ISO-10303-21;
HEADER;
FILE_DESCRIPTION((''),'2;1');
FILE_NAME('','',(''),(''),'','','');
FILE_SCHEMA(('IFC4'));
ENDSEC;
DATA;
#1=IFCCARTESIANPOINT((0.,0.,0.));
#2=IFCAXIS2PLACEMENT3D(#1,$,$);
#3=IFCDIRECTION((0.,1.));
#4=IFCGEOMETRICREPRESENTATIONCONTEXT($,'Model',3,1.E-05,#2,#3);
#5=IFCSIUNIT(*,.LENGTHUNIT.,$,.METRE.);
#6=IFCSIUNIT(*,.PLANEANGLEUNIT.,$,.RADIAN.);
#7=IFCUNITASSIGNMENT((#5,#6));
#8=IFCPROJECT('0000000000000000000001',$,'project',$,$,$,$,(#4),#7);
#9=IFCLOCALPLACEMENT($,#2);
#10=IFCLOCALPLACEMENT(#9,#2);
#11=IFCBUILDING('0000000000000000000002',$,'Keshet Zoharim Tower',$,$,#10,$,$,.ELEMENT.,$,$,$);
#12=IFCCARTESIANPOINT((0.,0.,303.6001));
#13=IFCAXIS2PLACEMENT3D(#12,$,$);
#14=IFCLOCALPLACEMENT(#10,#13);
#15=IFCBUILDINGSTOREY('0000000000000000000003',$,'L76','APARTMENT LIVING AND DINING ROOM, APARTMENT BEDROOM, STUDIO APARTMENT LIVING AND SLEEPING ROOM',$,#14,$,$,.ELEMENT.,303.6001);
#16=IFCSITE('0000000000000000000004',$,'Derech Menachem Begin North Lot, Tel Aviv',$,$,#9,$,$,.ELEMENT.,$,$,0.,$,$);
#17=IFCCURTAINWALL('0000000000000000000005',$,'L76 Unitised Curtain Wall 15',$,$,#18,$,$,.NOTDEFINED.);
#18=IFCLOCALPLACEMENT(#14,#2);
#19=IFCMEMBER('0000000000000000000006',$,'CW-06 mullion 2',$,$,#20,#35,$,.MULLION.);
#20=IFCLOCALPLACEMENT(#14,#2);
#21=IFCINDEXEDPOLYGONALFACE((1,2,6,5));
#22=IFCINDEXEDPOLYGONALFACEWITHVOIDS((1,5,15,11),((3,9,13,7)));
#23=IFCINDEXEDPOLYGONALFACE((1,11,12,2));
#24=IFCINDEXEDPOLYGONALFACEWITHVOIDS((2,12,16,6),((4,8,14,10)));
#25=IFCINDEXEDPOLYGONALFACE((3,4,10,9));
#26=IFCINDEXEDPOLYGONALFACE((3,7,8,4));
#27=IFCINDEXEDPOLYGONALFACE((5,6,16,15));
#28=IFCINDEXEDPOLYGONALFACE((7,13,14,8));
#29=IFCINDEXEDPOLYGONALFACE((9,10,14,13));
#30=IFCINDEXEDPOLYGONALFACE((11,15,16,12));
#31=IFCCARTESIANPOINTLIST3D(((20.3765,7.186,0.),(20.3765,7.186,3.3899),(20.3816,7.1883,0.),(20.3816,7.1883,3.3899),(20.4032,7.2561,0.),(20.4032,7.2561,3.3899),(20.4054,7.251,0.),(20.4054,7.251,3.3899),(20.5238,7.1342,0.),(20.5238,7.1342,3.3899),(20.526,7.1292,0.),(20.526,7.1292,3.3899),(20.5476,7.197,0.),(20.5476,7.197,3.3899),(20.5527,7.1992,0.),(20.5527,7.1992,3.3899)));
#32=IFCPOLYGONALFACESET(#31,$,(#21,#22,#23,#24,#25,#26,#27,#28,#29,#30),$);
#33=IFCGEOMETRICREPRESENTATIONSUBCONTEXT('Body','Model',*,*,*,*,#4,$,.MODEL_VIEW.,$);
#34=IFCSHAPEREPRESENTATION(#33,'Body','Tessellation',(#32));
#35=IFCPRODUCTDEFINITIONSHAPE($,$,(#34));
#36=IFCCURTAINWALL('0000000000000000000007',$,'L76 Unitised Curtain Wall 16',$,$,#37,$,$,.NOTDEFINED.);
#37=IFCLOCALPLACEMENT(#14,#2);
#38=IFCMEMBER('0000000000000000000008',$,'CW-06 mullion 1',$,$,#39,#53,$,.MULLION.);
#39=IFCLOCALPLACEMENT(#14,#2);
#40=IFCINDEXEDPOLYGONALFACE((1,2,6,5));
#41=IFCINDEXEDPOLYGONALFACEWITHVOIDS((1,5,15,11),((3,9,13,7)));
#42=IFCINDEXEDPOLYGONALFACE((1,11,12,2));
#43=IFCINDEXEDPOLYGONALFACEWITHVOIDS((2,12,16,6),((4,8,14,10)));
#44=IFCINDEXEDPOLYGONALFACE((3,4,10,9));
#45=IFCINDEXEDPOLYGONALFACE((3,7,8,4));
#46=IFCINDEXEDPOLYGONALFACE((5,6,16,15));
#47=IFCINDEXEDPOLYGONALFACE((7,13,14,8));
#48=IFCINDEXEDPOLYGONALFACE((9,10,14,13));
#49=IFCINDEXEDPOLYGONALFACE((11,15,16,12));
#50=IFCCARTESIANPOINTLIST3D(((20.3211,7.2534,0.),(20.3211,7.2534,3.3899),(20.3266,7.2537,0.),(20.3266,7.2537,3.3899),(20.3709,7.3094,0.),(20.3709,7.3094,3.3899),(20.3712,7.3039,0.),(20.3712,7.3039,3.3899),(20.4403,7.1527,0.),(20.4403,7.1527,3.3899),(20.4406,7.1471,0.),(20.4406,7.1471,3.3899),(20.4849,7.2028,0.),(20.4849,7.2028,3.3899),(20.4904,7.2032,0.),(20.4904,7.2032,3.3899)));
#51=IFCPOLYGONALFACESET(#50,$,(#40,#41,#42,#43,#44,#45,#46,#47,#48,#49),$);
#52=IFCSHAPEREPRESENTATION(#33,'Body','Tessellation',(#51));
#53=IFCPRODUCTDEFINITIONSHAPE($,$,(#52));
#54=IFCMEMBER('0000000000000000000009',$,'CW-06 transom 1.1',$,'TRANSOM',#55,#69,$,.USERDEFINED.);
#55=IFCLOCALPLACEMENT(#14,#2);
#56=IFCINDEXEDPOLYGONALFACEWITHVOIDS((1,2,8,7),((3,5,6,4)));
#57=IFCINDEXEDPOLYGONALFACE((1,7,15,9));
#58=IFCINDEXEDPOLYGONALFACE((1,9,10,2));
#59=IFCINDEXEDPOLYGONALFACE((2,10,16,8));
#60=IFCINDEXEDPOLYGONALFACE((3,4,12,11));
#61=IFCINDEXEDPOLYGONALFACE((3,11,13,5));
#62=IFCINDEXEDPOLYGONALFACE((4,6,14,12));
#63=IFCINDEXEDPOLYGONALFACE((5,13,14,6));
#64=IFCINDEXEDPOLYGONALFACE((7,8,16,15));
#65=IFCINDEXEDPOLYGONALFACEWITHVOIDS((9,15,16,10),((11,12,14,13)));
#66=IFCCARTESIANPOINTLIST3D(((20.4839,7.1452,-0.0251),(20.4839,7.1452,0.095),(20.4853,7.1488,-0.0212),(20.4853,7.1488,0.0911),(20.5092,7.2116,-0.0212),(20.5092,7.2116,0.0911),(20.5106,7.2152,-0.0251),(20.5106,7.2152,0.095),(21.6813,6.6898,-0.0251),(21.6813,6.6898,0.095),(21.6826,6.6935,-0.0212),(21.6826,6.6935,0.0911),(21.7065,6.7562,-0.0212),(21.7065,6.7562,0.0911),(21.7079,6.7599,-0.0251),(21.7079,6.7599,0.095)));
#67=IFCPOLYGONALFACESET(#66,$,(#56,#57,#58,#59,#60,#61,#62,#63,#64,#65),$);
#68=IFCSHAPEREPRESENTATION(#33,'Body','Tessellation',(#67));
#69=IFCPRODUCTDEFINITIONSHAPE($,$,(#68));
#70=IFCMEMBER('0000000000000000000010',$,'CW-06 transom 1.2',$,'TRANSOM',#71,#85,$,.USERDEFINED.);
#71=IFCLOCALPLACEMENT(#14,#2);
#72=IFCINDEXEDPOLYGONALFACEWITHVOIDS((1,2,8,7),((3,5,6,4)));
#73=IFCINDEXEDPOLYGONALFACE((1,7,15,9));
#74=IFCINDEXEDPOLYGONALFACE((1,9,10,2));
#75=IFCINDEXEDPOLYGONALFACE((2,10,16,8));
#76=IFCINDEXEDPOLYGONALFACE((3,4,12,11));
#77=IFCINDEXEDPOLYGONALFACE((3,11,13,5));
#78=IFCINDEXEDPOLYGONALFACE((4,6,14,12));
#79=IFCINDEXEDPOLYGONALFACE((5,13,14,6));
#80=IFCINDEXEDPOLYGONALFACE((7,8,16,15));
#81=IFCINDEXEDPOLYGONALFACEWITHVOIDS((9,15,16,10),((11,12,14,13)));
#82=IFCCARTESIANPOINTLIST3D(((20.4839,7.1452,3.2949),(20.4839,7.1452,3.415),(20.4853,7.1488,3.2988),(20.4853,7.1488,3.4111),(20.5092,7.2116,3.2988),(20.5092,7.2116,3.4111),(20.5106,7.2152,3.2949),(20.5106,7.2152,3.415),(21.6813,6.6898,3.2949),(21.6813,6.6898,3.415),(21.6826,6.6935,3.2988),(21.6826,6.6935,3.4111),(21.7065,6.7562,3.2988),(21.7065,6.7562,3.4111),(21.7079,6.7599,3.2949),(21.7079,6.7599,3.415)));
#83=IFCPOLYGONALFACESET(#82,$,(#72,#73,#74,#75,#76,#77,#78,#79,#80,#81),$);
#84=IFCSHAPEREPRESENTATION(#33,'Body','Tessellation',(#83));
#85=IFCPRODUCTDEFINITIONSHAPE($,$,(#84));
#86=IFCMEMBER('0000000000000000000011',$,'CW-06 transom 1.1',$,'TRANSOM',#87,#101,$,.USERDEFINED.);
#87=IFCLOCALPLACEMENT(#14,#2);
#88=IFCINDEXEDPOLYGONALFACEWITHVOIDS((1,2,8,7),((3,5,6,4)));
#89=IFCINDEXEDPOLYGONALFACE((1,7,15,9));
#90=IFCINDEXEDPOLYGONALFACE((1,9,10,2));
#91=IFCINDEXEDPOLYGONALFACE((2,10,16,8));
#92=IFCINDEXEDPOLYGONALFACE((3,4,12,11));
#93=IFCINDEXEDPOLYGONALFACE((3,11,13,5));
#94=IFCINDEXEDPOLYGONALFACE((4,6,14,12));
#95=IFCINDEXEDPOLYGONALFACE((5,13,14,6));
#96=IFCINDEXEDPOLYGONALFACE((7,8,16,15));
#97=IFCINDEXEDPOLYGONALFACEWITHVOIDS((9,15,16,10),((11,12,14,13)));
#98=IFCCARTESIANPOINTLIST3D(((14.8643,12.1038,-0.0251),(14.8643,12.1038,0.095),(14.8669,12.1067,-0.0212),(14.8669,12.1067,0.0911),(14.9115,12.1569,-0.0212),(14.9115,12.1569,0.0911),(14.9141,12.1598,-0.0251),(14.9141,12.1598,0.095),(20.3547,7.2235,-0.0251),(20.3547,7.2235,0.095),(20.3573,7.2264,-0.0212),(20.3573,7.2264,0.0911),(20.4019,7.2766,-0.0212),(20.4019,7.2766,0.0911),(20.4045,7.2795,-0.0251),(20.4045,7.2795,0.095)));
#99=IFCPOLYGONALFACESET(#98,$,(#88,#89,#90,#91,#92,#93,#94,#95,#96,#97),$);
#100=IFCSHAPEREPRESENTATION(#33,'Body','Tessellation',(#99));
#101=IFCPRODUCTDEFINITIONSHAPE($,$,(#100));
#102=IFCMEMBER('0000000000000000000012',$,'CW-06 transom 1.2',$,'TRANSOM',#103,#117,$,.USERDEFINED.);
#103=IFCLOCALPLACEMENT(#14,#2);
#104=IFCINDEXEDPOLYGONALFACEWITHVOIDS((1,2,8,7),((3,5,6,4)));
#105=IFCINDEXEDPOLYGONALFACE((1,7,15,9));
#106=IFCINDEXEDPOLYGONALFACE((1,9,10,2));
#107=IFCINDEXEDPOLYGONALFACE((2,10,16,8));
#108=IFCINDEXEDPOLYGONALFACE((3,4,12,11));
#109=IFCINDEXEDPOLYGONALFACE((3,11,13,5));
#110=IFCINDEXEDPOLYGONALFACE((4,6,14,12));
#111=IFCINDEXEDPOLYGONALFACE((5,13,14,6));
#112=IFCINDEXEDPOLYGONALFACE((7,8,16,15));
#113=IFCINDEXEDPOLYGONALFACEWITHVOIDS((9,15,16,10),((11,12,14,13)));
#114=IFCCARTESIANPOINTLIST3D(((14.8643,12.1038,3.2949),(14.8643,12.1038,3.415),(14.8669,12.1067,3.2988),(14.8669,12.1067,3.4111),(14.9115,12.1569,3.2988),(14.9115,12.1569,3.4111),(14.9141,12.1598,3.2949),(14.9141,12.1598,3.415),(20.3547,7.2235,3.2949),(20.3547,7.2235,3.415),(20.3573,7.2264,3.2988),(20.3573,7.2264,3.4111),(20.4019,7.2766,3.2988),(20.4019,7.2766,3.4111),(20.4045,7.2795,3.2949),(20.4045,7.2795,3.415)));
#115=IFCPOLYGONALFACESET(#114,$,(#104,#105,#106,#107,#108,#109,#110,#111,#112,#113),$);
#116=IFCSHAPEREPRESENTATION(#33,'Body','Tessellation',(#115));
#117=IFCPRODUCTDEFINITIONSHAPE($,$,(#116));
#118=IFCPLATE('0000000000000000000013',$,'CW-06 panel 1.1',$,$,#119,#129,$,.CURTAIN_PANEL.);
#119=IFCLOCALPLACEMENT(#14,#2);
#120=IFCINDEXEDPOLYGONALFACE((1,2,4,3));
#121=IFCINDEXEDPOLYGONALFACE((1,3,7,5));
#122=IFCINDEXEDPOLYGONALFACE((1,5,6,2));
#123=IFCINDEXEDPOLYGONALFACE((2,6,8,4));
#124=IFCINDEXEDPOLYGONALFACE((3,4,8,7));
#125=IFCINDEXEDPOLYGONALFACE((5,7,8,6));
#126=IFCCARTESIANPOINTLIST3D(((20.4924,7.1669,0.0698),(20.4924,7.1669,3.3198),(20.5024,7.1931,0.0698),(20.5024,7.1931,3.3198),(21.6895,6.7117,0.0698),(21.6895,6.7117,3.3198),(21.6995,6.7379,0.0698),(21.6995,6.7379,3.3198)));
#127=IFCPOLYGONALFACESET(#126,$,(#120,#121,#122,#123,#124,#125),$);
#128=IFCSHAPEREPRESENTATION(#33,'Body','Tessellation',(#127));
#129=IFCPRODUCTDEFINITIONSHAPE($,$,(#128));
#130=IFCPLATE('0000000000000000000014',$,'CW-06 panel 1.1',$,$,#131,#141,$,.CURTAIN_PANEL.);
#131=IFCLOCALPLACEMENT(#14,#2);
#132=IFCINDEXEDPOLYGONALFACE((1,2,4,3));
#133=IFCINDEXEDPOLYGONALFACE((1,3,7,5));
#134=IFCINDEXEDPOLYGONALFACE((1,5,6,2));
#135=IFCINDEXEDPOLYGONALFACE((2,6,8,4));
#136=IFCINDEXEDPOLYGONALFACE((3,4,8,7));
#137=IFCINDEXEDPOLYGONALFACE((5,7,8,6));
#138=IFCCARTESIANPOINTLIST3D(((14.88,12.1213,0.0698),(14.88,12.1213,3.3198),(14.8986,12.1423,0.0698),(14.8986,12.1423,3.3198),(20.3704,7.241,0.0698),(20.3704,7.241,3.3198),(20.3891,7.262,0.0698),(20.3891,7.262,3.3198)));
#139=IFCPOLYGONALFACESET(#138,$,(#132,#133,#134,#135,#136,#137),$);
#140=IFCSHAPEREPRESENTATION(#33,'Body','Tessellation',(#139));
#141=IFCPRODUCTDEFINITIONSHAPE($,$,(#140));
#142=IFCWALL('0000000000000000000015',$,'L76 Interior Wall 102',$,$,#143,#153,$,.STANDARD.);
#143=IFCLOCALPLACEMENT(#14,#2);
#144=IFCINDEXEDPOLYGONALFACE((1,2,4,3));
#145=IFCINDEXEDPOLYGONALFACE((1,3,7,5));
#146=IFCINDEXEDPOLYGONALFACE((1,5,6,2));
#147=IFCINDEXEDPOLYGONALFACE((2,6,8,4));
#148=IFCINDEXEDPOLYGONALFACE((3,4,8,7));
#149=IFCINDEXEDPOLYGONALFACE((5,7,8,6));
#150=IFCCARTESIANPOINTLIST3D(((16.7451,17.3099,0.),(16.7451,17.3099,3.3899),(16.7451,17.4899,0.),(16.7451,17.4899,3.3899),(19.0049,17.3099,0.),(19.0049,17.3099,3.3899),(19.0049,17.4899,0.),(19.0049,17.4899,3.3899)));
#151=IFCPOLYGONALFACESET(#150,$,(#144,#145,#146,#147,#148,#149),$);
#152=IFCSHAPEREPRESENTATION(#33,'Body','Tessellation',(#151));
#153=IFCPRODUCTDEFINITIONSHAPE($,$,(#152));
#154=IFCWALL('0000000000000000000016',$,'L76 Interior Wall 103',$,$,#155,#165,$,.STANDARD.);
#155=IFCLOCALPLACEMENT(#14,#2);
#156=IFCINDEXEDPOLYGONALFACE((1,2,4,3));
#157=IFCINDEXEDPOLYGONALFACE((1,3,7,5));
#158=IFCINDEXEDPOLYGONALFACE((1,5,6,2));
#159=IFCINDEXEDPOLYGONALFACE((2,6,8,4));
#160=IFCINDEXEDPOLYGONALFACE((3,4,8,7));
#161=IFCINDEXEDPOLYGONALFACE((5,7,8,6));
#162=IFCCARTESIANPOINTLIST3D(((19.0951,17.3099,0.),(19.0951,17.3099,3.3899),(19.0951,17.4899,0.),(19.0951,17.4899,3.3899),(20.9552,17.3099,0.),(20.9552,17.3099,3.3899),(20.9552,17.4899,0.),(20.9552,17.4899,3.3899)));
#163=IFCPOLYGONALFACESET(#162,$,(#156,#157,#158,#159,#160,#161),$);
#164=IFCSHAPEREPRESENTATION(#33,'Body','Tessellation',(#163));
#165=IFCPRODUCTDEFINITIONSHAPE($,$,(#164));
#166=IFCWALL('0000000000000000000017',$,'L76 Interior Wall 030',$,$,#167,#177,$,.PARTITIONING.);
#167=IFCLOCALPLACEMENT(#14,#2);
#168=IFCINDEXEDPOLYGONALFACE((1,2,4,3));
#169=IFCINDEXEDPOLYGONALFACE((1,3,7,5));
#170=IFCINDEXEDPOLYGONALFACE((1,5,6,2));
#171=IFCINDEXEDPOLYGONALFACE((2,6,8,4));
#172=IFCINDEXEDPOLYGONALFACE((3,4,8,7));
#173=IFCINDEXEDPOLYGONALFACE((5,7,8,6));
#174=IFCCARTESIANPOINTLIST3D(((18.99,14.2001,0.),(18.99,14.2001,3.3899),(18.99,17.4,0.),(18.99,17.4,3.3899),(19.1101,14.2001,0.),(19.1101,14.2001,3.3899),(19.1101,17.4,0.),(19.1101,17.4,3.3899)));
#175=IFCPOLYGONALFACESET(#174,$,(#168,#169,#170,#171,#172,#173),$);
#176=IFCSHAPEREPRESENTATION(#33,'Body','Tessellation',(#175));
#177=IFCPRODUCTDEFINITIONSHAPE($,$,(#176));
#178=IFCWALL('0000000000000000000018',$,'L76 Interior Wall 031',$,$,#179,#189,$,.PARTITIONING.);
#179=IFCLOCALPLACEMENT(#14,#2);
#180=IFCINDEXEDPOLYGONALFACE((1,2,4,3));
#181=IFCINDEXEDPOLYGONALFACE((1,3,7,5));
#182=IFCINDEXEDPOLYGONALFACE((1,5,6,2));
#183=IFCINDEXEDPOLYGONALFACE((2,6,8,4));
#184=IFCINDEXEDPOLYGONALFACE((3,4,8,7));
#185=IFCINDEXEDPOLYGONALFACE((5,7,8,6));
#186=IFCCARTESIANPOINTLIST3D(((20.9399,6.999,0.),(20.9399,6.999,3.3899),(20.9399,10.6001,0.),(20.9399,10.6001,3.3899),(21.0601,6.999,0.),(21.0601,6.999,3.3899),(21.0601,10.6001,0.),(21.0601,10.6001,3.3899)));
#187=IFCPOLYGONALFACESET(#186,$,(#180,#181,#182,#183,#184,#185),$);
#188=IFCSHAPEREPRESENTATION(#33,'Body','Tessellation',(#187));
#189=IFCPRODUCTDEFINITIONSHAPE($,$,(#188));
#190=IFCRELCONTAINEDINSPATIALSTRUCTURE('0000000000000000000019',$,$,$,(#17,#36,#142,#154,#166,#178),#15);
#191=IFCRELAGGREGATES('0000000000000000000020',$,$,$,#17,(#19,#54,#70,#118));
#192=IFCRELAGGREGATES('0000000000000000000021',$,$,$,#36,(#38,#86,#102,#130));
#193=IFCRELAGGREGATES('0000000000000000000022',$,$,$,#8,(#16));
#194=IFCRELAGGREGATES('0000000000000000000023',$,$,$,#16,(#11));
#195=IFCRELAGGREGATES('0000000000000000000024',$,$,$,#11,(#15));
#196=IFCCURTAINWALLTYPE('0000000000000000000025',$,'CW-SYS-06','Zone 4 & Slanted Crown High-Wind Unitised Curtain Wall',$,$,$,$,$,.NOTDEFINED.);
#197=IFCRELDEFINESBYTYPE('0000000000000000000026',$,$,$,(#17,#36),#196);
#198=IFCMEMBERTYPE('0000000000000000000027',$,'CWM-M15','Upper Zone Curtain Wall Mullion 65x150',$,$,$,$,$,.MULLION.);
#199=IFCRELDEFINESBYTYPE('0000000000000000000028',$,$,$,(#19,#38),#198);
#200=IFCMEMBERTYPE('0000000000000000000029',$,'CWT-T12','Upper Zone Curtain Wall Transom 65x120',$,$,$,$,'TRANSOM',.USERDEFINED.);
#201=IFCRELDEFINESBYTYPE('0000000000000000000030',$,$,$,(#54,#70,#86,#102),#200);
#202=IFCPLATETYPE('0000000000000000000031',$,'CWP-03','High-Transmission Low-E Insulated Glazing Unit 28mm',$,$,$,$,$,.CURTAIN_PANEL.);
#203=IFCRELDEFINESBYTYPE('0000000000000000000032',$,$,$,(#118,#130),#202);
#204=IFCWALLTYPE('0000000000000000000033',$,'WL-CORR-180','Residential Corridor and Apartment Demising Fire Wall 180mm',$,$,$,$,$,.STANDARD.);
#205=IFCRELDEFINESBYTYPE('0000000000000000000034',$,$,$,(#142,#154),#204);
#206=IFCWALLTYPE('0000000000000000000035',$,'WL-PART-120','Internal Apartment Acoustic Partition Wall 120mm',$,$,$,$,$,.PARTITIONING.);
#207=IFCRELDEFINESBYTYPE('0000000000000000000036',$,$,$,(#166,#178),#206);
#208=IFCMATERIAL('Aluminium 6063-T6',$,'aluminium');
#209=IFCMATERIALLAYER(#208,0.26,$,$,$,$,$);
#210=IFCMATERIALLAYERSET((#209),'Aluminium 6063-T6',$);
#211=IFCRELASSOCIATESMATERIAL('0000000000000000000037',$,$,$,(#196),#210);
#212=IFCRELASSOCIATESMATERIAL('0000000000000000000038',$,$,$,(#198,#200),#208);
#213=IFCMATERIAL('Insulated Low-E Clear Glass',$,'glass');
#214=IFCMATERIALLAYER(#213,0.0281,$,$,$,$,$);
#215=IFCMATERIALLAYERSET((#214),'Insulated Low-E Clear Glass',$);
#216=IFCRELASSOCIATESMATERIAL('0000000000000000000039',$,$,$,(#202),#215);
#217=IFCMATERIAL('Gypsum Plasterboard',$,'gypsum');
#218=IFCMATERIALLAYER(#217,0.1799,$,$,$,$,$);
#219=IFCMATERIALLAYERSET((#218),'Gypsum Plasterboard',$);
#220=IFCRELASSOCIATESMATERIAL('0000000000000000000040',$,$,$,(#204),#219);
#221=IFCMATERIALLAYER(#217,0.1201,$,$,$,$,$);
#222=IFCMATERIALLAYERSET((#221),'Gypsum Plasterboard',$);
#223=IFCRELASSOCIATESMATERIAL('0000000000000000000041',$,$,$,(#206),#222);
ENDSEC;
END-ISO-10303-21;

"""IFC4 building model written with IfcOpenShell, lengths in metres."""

from ifc_helpers import new_model, si_unit, direction, frame, frame_2d, origin, origin_2d, place, context, subcontext, project, spatial, rectangle, hollow_rectangle, extrude, material, layer, layer_set, material_profile, profile_set, type_object, element, aggregate, save


model = new_model("IFC4")

# Units and contexts
model_context = context("Model", 3, precision=1e-05, world=origin(), true_north=direction((0.0, 1.0)))
body_context = subcontext(model_context, "Body", "Model", "MODEL_VIEW")
ifc_project = project(units=[si_unit("LENGTHUNIT", "METRE"), si_unit("PLANEANGLEUNIT", "RADIAN")], contexts=[model_context])

# Site, building, storey
site_placement = place(None, origin())
site = spatial("IfcSite", under=ifc_project, at=site_placement, Name="Derech Menachem Begin North Lot, Tel Aviv", CompositionType="ELEMENT", RefElevation=0.0)
building_placement = place(site_placement, origin())
building = spatial("IfcBuilding", under=site, at=building_placement, Name="Keshet Zoharim Tower", CompositionType="ELEMENT")
storey_placement = place(building_placement, frame((0.0, 0.0, 303.6001)))
storey = spatial("IfcBuildingStorey", under=building, at=storey_placement, Name="L76", Description="APARTMENT LIVING AND DINING ROOM, APARTMENT BEDROOM, STUDIO APARTMENT LIVING AND SLEEPING ROOM", CompositionType="ELEMENT", Elevation=303.6001)

# Shared definitions
ifc_material_1 = material(Name="Aluminium 6063-T6", Category="aluminium")
ifc_layer_1 = layer(ifc_material_1, 0.26)
ifc_layer_set_1 = layer_set([ifc_layer_1], Name="Aluminium 6063-T6")
curtain_wall_type = type_object("IfcCurtainWallType", Name="CW-SYS-06", Description="Zone 4 & Slanted Crown High-Wind Unitised Curtain Wall", PredefinedType="NOTDEFINED", material=ifc_layer_set_1)
ifc_material_profile_1 = material_profile(ifc_material_1, hollow_rectangle(XDim=0.075, YDim=0.1599, WallThickness=0.0039, at=origin_2d()), Name="MUL-75x160")
ifc_profile_set_1 = profile_set([ifc_material_profile_1], Name="Aluminium 6063-T6")
member_type_1 = type_object("IfcMemberType", Name="CWM-M15", Description="Upper Zone Curtain Wall Mullion 65x150", PredefinedType="MULLION", material=ifc_profile_set_1)

# Curtain wall, member
curtain_wall_1_placement = place(storey_placement, origin())
curtain_wall_1 = element("IfcCurtainWall", 1, at=curtain_wall_1_placement, inside=storey, type_object=curtain_wall_type, Name="L76 Unitised Curtain Wall 15", PredefinedType="NOTDEFINED")
member_1_placement = place(storey_placement, frame((20.4646, 7.1926, 0.0), z_axis=(0.0, 0.0, 1.0), x_axis=(-0.355439, -0.934699, 0.0)))
member_1 = element("IfcMember", 2, at=member_1_placement, type_object=member_type_1, Name="CW-06 mullion 2", PredefinedType="MULLION", context=body_context, shape_type="SweptSolid", body=[
    extrude(hollow_rectangle(XDim=0.075, YDim=0.1599, WallThickness=0.0039, at=origin_2d()), origin(), (0.0, 0.0, 1.0), 3.3899),
])

# Curtain wall, member
curtain_wall_2_placement = place(storey_placement, origin())
curtain_wall_2 = element("IfcCurtainWall", 3, at=curtain_wall_2_placement, inside=storey, type_object=curtain_wall_type, Name="L76 Unitised Curtain Wall 16", PredefinedType="NOTDEFINED")
member_2_placement = place(storey_placement, frame((20.4058, 7.2283, 0.0), z_axis=(0.0, 0.0, 1.0), x_axis=(-0.664362, -0.747411, 0.0)))
member_2 = element("IfcMember", 4, at=member_2_placement, type_object=member_type_1, Name="CW-06 mullion 1", PredefinedType="MULLION", context=body_context, shape_type="SweptSolid", body=[
    extrude(hollow_rectangle(XDim=0.075, YDim=0.1599, WallThickness=0.0039, at=origin_2d()), origin(), (0.0, 0.0, 1.0), 3.3899),
])

# Members
ifc_material_profile_2 = material_profile(ifc_material_1, hollow_rectangle(XDim=0.075, YDim=0.1201, WallThickness=0.0039, at=origin_2d()), Name="TRN-75x120")
ifc_profile_set_2 = profile_set([ifc_material_profile_2], Name="Aluminium 6063-T6")
member_type_2 = type_object("IfcMemberType", Name="CWT-T12", Description="Upper Zone Curtain Wall Transom 65x120", ElementType="TRANSOM", PredefinedType="USERDEFINED", material=ifc_profile_set_2)
member_3_placement = place(storey_placement, frame((21.6946, 6.7249, 0.0349), z_axis=(-0.93469, 0.355464, 0.0), x_axis=(-0.355464, -0.93469, 0.0)))
member_3 = element("IfcMember", 5, at=member_3_placement, type_object=member_type_2, Name="CW-06 transom 1.1", ObjectType="TRANSOM", PredefinedType="USERDEFINED", context=body_context, shape_type="SweptSolid", body=[
    extrude(hollow_rectangle(XDim=0.075, YDim=0.1201, WallThickness=0.0039, at=origin_2d()), origin(), (0.0, 0.0, 1.0), 1.281),
])
member_4_placement = place(storey_placement, frame((21.6946, 6.7249, 3.355), z_axis=(-0.93469, 0.355464, 0.0), x_axis=(-0.355464, -0.93469, 0.0)))
member_4 = element("IfcMember", 6, at=member_4_placement, type_object=member_type_2, Name="CW-06 transom 1.2", ObjectType="TRANSOM", PredefinedType="USERDEFINED", context=body_context, shape_type="SweptSolid", body=[
    extrude(hollow_rectangle(XDim=0.075, YDim=0.1201, WallThickness=0.0039, at=origin_2d()), origin(), (0.0, 0.0, 1.0), 1.281),
])
member_5_placement = place(storey_placement, frame((20.3796, 7.2515, 0.0349), z_axis=(-0.747413, 0.66436, 0.0), x_axis=(-0.66436, -0.747413, 0.0)))
member_5 = element("IfcMember", 7, at=member_5_placement, type_object=member_type_2, Name="CW-06 transom 1.1", ObjectType="TRANSOM", PredefinedType="USERDEFINED", context=body_context, shape_type="SweptSolid", body=[
    extrude(hollow_rectangle(XDim=0.075, YDim=0.1201, WallThickness=0.0039, at=origin_2d()), origin(), (0.0, 0.0, 1.0), 7.3459),
])
member_6_placement = place(storey_placement, frame((20.3796, 7.2515, 3.355), z_axis=(-0.747413, 0.66436, 0.0), x_axis=(-0.66436, -0.747413, 0.0)))
member_6 = element("IfcMember", 8, at=member_6_placement, type_object=member_type_2, Name="CW-06 transom 1.2", ObjectType="TRANSOM", PredefinedType="USERDEFINED", context=body_context, shape_type="SweptSolid", body=[
    extrude(hollow_rectangle(XDim=0.075, YDim=0.1201, WallThickness=0.0039, at=origin_2d()), origin(), (0.0, 0.0, 1.0), 7.3459),
])

# Plates
ifc_material_2 = material(Name="Insulated Low-E Clear Glass", Category="glass")
ifc_layer_2 = layer(ifc_material_2, 0.0281)
ifc_layer_set_2 = layer_set([ifc_layer_2], Name="Insulated Low-E Clear Glass")
plate_type = type_object("IfcPlateType", Name="CWP-03", Description="High-Transmission Low-E Insulated Glazing Unit 28mm", PredefinedType="CURTAIN_PANEL", material=ifc_layer_set_2)
plate_1_placement = place(storey_placement, frame((21.0959, 6.9524, 0.0698), z_axis=(0.0, 0.0, 1.0), x_axis=(-0.934699, 0.355439, 0.0)))
plate_1 = element("IfcPlate", 9, at=plate_1_placement, type_object=plate_type, Name="CW-06 panel 1.1", PredefinedType="CURTAIN_PANEL", context=body_context, shape_type="SweptSolid", body=[
    extrude(rectangle(XDim=1.2808, YDim=0.0281, at=origin_2d()), origin(), (0.0, 0.0, 1.0), 3.25),
])
aggregate(curtain_wall_1, [member_1, member_3, member_4, plate_1])
plate_2_placement = place(storey_placement, frame((17.6345, 9.6917, 0.0698), z_axis=(0.0, 0.0, 1.0), x_axis=(-0.747411, 0.664362, 0.0)))
plate_2 = element("IfcPlate", 10, at=plate_2_placement, type_object=plate_type, Name="CW-06 panel 1.1", PredefinedType="CURTAIN_PANEL", context=body_context, shape_type="SweptSolid", body=[
    extrude(rectangle(XDim=7.3459, YDim=0.0281, at=origin_2d()), origin(), (0.0, 0.0, 1.0), 3.25),
])
aggregate(curtain_wall_2, [member_2, member_5, member_6, plate_2])

# Shared definitions
ifc_material_3 = material(Name="Gypsum Plasterboard", Category="gypsum")

# Walls
ifc_layer_3 = layer(ifc_material_3, 0.1799)
ifc_layer_set_3 = layer_set([ifc_layer_3], Name="Gypsum Plasterboard")
wall_type_1 = type_object("IfcWallType", Name="WL-CORR-180", Description="Residential Corridor and Apartment Demising Fire Wall 180mm", PredefinedType="STANDARD", material=ifc_layer_set_3)
wall_1_placement = place(storey_placement, frame((16.7451, 17.3999, 0.0), z_axis=(0.0, 0.0, 1.0), x_axis=(1.0, 0.0, 0.0)))
element("IfcWall", 11, at=wall_1_placement, inside=storey, type_object=wall_type_1, Name="L76 Interior Wall 102", PredefinedType="STANDARD", context=body_context, shape_type="SweptSolid", body=[
    extrude(rectangle(XDim=2.2598, YDim=0.1799, at=frame_2d((1.1299, 0.0))), origin(), (0.0, 0.0, 1.0), 3.3899),
])
wall_2_placement = place(storey_placement, frame((19.095, 17.3999, 0.0), z_axis=(0.0, 0.0, 1.0), x_axis=(1.0, 0.0, 0.0)))
element("IfcWall", 12, at=wall_2_placement, inside=storey, type_object=wall_type_1, Name="L76 Interior Wall 103", PredefinedType="STANDARD", context=body_context, shape_type="SweptSolid", body=[
    extrude(rectangle(XDim=1.8601, YDim=0.1799, at=frame_2d((0.9302, 0.0))), origin(), (0.0, 0.0, 1.0), 3.3899),
])

# Shared definitions
ifc_layer_4 = layer(ifc_material_3, 0.1201)
ifc_layer_set_4 = layer_set([ifc_layer_4], Name="Gypsum Plasterboard")
wall_type_2 = type_object("IfcWallType", Name="WL-PART-120", Description="Internal Apartment Acoustic Partition Wall 120mm", PredefinedType="PARTITIONING", material=ifc_layer_set_4)

# Walls
wall_3_placement = place(storey_placement, frame((19.05, 14.2, 0.0), z_axis=(0.0, 0.0, 1.0), x_axis=(0.0, 1.0, 0.0)))
element("IfcWall", 13, at=wall_3_placement, inside=storey, type_object=wall_type_2, Name="L76 Interior Wall 030", PredefinedType="PARTITIONING", context=body_context, shape_type="SweptSolid", body=[
    extrude(rectangle(XDim=3.2, YDim=0.1201, at=frame_2d((1.6001, 0.0))), origin(), (0.0, 0.0, 1.0), 3.3899),
])
wall_4_placement = place(storey_placement, frame((21.0, 6.999, 0.0), z_axis=(0.0, 0.0, 1.0), x_axis=(0.0, 1.0, 0.0)))
element("IfcWall", 14, at=wall_4_placement, inside=storey, type_object=wall_type_2, Name="L76 Interior Wall 031", PredefinedType="PARTITIONING", context=body_context, shape_type="SweptSolid", body=[
    extrude(rectangle(XDim=3.6011, YDim=0.1201, at=frame_2d((1.8005, 0.0))), origin(), (0.0, 0.0, 1.0), 3.3899),
])

save(model, "model.ifc")
